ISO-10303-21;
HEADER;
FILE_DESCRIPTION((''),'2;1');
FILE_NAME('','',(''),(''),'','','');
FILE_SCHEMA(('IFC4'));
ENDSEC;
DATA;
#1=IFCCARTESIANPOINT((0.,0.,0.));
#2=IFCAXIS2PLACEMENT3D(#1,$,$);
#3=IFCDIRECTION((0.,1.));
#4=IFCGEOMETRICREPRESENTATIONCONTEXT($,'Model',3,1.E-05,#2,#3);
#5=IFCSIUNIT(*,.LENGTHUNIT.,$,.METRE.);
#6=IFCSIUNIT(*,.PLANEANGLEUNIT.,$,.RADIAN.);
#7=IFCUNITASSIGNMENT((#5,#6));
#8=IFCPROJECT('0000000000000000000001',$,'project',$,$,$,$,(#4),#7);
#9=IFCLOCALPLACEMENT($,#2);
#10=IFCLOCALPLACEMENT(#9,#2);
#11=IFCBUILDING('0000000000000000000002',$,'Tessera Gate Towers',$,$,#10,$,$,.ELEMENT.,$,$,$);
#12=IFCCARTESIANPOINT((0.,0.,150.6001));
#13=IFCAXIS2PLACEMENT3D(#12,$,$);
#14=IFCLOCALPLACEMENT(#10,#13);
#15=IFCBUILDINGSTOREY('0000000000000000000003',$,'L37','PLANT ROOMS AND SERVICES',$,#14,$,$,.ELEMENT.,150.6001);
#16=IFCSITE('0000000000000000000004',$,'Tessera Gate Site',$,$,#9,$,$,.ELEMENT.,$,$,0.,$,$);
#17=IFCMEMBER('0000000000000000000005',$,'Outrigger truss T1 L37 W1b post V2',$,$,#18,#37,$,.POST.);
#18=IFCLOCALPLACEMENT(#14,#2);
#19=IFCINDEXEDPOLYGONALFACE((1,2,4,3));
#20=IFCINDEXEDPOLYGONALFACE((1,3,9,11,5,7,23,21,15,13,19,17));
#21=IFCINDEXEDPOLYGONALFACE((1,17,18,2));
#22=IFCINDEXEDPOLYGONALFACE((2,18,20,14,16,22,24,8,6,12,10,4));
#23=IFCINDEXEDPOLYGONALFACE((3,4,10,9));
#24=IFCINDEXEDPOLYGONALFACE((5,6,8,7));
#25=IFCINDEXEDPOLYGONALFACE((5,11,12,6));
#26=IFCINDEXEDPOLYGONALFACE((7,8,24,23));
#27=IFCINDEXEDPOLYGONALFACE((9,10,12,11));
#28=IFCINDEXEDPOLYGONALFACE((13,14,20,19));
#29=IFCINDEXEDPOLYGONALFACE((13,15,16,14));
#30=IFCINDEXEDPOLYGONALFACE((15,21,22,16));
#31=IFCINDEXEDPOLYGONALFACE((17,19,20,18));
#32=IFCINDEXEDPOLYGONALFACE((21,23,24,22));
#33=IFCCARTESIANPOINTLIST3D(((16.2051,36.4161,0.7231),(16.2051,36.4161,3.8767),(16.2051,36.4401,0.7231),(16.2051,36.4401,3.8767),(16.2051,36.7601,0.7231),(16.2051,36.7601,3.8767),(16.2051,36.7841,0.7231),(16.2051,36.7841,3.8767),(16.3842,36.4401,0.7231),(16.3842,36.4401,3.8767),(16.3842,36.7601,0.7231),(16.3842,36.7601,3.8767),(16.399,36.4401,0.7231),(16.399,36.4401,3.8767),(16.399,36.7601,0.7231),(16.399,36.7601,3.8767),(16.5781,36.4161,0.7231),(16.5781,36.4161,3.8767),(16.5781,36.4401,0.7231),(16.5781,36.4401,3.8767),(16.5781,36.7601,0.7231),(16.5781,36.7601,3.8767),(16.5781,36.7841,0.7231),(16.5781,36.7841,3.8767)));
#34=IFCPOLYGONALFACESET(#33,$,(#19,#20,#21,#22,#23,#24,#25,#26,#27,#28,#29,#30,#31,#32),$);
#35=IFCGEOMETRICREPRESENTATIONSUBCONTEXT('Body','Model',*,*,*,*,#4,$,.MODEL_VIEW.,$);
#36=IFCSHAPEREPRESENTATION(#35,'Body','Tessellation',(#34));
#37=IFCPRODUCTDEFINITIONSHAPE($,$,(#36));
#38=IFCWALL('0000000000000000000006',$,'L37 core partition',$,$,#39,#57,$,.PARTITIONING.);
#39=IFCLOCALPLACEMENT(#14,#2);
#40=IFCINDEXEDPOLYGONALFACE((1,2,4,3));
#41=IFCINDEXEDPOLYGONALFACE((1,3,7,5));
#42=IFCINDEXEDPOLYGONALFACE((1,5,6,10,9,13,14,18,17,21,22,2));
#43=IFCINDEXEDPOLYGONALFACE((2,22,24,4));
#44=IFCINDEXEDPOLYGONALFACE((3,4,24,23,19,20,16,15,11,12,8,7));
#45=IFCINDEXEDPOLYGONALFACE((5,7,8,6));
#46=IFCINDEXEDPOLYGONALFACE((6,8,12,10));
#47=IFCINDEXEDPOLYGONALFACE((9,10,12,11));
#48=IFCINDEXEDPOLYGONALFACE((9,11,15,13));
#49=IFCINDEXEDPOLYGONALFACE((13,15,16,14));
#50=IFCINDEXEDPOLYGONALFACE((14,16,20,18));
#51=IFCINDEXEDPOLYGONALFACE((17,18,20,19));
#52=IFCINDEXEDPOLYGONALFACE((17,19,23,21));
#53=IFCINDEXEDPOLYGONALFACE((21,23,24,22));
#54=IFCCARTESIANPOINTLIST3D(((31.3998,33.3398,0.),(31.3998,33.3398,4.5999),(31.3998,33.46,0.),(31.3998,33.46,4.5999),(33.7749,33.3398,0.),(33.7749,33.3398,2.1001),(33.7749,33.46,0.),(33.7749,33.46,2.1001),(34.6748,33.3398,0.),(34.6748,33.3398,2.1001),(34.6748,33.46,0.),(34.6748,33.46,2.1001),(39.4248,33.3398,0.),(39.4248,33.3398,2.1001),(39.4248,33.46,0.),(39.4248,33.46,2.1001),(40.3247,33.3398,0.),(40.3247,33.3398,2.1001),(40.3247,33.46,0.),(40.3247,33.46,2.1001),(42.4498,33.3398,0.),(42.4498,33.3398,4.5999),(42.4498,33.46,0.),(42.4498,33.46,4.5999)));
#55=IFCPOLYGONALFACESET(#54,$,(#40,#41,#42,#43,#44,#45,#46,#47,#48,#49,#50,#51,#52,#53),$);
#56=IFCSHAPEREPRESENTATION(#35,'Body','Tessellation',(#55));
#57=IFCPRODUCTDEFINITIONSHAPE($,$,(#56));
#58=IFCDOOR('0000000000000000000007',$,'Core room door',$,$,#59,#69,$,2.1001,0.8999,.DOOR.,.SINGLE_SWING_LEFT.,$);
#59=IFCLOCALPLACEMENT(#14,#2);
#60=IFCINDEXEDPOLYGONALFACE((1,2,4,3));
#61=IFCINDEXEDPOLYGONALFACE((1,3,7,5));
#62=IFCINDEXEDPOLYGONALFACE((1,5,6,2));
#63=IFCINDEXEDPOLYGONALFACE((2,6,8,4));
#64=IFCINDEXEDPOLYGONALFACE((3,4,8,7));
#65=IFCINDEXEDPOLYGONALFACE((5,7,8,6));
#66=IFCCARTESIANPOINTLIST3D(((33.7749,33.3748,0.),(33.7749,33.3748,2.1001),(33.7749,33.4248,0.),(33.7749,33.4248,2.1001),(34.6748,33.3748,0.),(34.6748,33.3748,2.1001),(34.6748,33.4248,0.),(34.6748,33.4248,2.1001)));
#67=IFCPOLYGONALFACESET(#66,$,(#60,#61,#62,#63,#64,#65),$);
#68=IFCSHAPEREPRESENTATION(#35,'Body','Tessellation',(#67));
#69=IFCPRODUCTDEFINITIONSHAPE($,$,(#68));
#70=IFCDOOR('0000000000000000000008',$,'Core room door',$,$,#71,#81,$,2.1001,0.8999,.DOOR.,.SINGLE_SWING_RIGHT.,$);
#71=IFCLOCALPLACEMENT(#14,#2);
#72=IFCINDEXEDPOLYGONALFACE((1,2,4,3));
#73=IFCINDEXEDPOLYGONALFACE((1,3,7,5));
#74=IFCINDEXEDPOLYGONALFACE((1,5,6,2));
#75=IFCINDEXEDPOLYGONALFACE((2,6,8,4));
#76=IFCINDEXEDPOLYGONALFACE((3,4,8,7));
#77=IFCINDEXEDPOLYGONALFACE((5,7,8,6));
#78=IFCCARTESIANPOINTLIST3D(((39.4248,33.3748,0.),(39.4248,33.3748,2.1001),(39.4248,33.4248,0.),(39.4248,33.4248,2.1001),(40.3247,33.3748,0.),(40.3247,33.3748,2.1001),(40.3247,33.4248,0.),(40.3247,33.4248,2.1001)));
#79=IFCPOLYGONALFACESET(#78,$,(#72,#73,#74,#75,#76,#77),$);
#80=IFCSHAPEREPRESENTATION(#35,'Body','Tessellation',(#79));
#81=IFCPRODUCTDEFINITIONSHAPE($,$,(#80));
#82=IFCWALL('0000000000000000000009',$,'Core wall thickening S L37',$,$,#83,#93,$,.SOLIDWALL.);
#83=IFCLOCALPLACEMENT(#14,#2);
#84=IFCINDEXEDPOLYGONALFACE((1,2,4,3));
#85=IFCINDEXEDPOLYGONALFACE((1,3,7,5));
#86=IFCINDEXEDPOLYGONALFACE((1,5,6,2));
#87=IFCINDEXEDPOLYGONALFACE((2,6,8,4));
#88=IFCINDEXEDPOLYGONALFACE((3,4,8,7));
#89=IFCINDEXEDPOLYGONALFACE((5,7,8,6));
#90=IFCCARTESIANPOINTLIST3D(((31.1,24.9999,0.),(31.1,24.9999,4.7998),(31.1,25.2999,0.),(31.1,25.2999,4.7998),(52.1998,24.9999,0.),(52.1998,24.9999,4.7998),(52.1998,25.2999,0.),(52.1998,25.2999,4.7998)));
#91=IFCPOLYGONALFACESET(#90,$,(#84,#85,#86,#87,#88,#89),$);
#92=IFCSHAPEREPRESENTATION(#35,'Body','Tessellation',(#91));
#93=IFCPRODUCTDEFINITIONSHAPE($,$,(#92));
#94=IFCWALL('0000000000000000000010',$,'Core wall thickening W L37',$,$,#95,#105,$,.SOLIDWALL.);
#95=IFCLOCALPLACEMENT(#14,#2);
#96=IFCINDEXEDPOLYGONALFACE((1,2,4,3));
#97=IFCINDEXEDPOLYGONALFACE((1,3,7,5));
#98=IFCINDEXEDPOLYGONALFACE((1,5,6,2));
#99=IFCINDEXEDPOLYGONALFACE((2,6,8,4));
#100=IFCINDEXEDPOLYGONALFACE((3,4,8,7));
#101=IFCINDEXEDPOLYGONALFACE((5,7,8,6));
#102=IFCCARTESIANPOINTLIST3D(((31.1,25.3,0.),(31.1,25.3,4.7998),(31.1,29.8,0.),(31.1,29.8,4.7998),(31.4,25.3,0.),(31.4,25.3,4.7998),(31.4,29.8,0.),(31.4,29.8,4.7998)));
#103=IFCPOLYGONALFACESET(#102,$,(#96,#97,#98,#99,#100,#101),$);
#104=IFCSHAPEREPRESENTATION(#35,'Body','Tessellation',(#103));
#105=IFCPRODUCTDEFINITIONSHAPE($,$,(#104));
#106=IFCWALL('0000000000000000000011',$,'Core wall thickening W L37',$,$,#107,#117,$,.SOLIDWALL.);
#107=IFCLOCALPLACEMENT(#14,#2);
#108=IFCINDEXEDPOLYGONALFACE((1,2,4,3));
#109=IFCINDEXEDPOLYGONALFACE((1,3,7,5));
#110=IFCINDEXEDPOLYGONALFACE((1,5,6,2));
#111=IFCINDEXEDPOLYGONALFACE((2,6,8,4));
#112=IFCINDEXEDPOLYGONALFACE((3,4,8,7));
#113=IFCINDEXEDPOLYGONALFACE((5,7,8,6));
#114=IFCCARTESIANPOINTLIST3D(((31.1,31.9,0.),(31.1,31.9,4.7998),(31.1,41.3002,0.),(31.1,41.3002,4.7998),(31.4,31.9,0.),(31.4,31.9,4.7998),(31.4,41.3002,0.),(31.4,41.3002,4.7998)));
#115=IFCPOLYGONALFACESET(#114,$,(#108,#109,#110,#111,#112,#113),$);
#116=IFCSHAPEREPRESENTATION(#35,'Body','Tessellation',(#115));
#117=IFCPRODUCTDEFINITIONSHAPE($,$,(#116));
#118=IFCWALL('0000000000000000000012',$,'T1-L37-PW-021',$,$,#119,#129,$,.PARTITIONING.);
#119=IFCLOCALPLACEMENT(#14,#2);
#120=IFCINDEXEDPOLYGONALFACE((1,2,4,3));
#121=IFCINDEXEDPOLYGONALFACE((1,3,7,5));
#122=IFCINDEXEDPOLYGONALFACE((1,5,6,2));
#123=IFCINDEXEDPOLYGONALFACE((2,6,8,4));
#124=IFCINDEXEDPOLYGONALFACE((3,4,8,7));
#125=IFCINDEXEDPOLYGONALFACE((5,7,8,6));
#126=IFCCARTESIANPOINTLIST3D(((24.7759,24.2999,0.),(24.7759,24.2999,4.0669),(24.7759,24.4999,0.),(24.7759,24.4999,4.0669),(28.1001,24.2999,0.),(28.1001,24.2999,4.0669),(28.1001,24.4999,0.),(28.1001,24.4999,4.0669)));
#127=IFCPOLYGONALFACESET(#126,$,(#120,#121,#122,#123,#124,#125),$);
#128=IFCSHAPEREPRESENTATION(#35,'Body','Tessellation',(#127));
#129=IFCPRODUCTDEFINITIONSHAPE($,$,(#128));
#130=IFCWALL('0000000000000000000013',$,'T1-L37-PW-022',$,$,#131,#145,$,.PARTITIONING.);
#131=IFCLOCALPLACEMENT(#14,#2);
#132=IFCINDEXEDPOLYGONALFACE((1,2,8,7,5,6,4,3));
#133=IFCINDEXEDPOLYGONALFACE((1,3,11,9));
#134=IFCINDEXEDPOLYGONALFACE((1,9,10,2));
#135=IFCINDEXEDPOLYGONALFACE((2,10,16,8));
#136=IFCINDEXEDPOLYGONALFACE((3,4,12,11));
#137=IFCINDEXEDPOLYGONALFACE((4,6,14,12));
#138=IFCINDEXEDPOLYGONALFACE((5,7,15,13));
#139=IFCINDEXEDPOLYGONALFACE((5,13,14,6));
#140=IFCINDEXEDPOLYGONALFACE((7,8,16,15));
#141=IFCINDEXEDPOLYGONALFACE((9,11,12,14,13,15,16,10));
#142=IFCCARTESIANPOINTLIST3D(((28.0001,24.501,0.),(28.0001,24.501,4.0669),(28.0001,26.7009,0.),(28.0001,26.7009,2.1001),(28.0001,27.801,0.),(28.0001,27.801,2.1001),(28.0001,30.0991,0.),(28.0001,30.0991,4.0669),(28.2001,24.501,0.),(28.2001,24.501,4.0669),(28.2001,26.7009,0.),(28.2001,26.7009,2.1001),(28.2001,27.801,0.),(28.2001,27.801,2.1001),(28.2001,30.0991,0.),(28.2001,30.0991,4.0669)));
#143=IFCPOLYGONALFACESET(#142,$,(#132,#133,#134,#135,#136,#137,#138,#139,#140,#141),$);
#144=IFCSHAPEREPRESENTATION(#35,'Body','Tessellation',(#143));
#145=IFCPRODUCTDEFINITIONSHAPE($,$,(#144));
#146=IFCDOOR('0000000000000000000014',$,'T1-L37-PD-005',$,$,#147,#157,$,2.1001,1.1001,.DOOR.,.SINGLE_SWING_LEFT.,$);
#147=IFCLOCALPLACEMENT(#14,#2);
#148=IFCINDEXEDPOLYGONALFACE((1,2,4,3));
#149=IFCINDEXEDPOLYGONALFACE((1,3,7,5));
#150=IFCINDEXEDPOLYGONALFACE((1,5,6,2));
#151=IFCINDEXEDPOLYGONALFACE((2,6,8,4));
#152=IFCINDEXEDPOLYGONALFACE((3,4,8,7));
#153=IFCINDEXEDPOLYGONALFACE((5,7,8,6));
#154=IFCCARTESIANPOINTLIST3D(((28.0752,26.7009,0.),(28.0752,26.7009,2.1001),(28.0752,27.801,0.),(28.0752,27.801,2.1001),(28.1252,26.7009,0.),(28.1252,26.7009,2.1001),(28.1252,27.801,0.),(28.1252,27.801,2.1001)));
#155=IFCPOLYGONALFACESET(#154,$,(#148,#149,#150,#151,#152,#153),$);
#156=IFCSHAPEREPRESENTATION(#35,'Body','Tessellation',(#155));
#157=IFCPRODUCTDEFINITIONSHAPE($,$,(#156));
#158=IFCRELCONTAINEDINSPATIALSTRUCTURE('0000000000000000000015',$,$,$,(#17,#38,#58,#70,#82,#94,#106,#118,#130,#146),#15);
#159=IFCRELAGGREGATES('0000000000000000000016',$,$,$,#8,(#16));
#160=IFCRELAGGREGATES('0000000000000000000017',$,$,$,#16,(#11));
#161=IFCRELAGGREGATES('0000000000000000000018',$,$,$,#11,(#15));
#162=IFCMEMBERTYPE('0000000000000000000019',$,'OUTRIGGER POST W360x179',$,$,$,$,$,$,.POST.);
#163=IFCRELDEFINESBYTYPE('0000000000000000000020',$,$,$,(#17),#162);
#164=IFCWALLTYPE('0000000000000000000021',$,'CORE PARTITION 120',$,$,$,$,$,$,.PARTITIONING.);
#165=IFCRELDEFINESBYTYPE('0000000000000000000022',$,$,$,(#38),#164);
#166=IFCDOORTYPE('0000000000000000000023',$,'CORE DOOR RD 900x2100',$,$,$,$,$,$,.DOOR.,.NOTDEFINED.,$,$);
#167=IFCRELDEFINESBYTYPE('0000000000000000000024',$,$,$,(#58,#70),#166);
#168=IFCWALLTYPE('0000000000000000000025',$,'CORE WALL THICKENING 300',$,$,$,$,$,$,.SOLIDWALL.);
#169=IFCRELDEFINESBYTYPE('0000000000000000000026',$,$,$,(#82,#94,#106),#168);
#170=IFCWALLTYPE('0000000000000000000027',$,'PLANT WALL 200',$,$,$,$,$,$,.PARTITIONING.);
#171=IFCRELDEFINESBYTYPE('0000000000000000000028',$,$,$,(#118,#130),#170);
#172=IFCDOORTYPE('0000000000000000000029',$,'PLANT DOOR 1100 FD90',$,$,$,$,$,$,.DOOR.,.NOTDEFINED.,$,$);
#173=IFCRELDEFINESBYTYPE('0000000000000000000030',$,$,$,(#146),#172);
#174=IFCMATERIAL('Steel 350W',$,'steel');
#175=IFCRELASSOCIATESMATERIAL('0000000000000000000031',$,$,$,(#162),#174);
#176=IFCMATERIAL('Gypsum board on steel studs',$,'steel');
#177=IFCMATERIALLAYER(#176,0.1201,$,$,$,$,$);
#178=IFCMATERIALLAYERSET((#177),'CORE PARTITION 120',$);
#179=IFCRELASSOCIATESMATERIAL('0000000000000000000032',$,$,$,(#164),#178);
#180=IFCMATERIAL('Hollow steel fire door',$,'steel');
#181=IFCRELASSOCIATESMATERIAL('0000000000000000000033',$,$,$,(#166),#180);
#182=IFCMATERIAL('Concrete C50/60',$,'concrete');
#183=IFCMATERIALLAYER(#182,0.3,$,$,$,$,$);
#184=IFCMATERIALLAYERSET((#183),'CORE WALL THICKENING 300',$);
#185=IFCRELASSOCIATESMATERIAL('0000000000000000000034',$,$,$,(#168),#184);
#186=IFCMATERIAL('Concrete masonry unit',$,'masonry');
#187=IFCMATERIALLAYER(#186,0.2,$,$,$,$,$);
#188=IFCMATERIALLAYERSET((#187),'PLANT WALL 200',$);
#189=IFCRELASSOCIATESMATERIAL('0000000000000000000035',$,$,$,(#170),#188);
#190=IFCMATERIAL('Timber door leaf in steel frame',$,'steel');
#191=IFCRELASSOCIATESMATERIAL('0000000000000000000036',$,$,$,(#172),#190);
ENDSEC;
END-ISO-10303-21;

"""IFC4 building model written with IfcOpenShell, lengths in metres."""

from ifc_helpers import new_model, si_unit, direction, frame, frame_2d, origin, origin_2d, place, context, subcontext, project, spatial, rectangle, i_section, extrude, source, transform, mapped, material, layer, layer_set, material_profile, profile_set, type_object, element, fill, save


model = new_model("IFC4")

# Units and contexts
model_context = context("Model", 3, precision=1e-05, world=origin(), true_north=direction((0.0, 1.0)))
body_context = subcontext(model_context, "Body", "Model", "MODEL_VIEW")
ifc_project = project(units=[si_unit("LENGTHUNIT", "METRE"), si_unit("PLANEANGLEUNIT", "RADIAN")], contexts=[model_context])

# Site, building, storey
site_placement = place(None, origin())
site = spatial("IfcSite", under=ifc_project, at=site_placement, Name="Tessera Gate Site", CompositionType="ELEMENT", RefElevation=0.0)
building_placement = place(site_placement, origin())
building = spatial("IfcBuilding", under=site, at=building_placement, Name="Tessera Gate Towers", CompositionType="ELEMENT")
storey_placement = place(building_placement, frame((0.0, 0.0, 150.6001)))
storey = spatial("IfcBuildingStorey", under=building, at=storey_placement, Name="L37", Description="PLANT ROOMS AND SERVICES", CompositionType="ELEMENT", Elevation=150.6001)

# Member
ifc_material_1 = material(Name="Steel 350W", Category="steel")
ifc_material_profile_1 = material_profile(ifc_material_1, i_section(OverallWidth=0.373, OverallDepth=0.3679, WebThickness=0.0149, FlangeThickness=0.0239, at=origin_2d()), Name="W360x179")
ifc_profile_set_1 = profile_set([ifc_material_profile_1], Name="Steel 350W")
member_type_1 = type_object("IfcMemberType", Name="OUTRIGGER POST W360x179", PredefinedType="POST", material=ifc_profile_set_1)
member_1_placement = place(storey_placement, frame((16.3916, 36.6001, 0.7231), z_axis=(0.0, 0.0, 1.0), x_axis=(1.0, 0.0, 0.0)))
element("IfcMember", 1, at=member_1_placement, inside=storey, type_object=member_type_1, Name="Outrigger truss T1 L37 W1b post V2", PredefinedType="POST", context=body_context, shape_type="SweptSolid", body=[
    extrude(i_section(OverallWidth=0.373, OverallDepth=0.3679, WebThickness=0.0149, FlangeThickness=0.0239, at=origin_2d()), origin(), (0.0, 0.0, 1.0), 3.1536),
])

# Wall, openings, doors
ifc_material_2 = material(Name="Gypsum board on steel studs", Category="steel")
ifc_layer_1 = layer(ifc_material_2, 0.1201)
ifc_layer_set_1 = layer_set([ifc_layer_1], Name="CORE PARTITION 120")
wall_type_1 = type_object("IfcWallType", Name="CORE PARTITION 120", PredefinedType="PARTITIONING", material=ifc_layer_set_1)
wall_1_placement = place(storey_placement, frame((31.3999, 33.3999, 0.0), z_axis=(0.0, 0.0, 1.0), x_axis=(1.0, 0.0, 0.0)))
wall_1 = element("IfcWall", 2, at=wall_1_placement, inside=storey, type_object=wall_type_1, Name="L37 core partition", PredefinedType="PARTITIONING", context=body_context, shape_type="SweptSolid", body=[
    extrude(rectangle(XDim=11.05, YDim=0.1201, at=frame_2d((5.5249, 0.0))), origin(), (0.0, 0.0, 1.0), 4.5999),
])
shared_shape_1 = source(origin(), body_context, "Body", "SweptSolid", [
    extrude(rectangle(XDim=0.8999, YDim=2.1001, at=frame_2d((0.45, 1.05))), frame((0.0, 0.0701, 0.0), z_axis=(0.0, -1.0, 0.0), x_axis=(1.0, 0.0, 0.0)), (0.0, 0.0, 1.0), 0.1401),
])
opening_1_placement = place(wall_1_placement, frame((2.375, 0.0, 0.0)))
opening_1 = element("IfcOpeningElement", 3, at=opening_1_placement, cuts=wall_1, PredefinedType="OPENING", context=body_context, shape_type="MappedRepresentation", body=[
    mapped(shared_shape_1, transform((0.0, 0.0, 0.0), scale=1.0)),
])
opening_2_placement = place(wall_1_placement, frame((8.0249, 0.0, 0.0)))
opening_2 = element("IfcOpeningElement", 4, at=opening_2_placement, cuts=wall_1, PredefinedType="OPENING", context=body_context, shape_type="MappedRepresentation", body=[
    mapped(shared_shape_1, transform((0.0, 0.0, 0.0), scale=1.0)),
])
ifc_material_3 = material(Name="Hollow steel fire door", Category="steel")
door_type_1 = type_object("IfcDoorType", Name="CORE DOOR RD 900x2100", OperationType="NOTDEFINED", PredefinedType="DOOR", material=ifc_material_3)
shared_shape_2 = source(origin(), body_context, "Body", "SweptSolid", [
    extrude(rectangle(XDim=0.8999, YDim=2.1001, at=frame_2d((0.45, 1.05))), frame((0.0, 0.0249, 0.0), z_axis=(0.0, -1.0, 0.0), x_axis=(1.0, 0.0, 0.0)), (0.0, 0.0, 1.0), 0.05),
])
door_1_placement = place(opening_1_placement, origin())
door_1 = element("IfcDoor", 5, at=door_1_placement, inside=storey, type_object=door_type_1, Name="Core room door", OperationType="SINGLE_SWING_LEFT", OverallHeight=2.1001, OverallWidth=0.8999, PredefinedType="DOOR", context=body_context, shape_type="MappedRepresentation", body=[
    mapped(shared_shape_2, transform((0.0, 0.0, 0.0), scale=1.0)),
])
fill(opening_1, door_1)
door_2_placement = place(opening_2_placement, origin())
door_2 = element("IfcDoor", 6, at=door_2_placement, inside=storey, type_object=door_type_1, Name="Core room door", OperationType="SINGLE_SWING_RIGHT", OverallHeight=2.1001, OverallWidth=0.8999, PredefinedType="DOOR", context=body_context, shape_type="MappedRepresentation", body=[
    mapped(shared_shape_2, transform((0.0, 0.0, 0.0), scale=1.0)),
])
fill(opening_2, door_2)

# Walls
ifc_material_4 = material(Name="Concrete C50/60", Category="concrete")
ifc_layer_2 = layer(ifc_material_4, 0.3)
ifc_layer_set_2 = layer_set([ifc_layer_2], Name="CORE WALL THICKENING 300")
wall_type_2 = type_object("IfcWallType", Name="CORE WALL THICKENING 300", PredefinedType="SOLIDWALL", material=ifc_layer_set_2)
wall_2_placement = place(storey_placement, frame((31.1001, 25.1499, 0.0), z_axis=(0.0, 0.0, 1.0), x_axis=(1.0, 0.0, 0.0)))
element("IfcWall", 7, at=wall_2_placement, inside=storey, type_object=wall_type_2, Name="Core wall thickening S L37", PredefinedType="SOLIDWALL", context=body_context, shape_type="SweptSolid", body=[
    extrude(rectangle(XDim=21.0999, YDim=0.3, at=frame_2d((10.5498, 0.0))), origin(), (0.0, 0.0, 1.0), 4.7998),
])
wall_3_placement = place(storey_placement, frame((31.25, 25.3, 0.0), z_axis=(0.0, 0.0, 1.0), x_axis=(0.0, 1.0, 0.0)))
element("IfcWall", 8, at=wall_3_placement, inside=storey, type_object=wall_type_2, Name="Core wall thickening W L37", PredefinedType="SOLIDWALL", context=body_context, shape_type="SweptSolid", body=[
    extrude(rectangle(XDim=4.5, YDim=0.3, at=frame_2d((2.25, 0.0))), origin(), (0.0, 0.0, 1.0), 4.7998),
])
wall_4_placement = place(storey_placement, frame((31.25, 31.8999, 0.0), z_axis=(0.0, 0.0, 1.0), x_axis=(0.0, 1.0, 0.0)))
element("IfcWall", 9, at=wall_4_placement, inside=storey, type_object=wall_type_2, Name="Core wall thickening W L37", PredefinedType="SOLIDWALL", context=body_context, shape_type="SweptSolid", body=[
    extrude(rectangle(XDim=9.4001, YDim=0.3, at=frame_2d((4.7002, 0.0))), origin(), (0.0, 0.0, 1.0), 4.7998),
])
ifc_material_5 = material(Name="Concrete masonry unit", Category="masonry")
ifc_layer_3 = layer(ifc_material_5, 0.2)
ifc_layer_set_3 = layer_set([ifc_layer_3], Name="PLANT WALL 200")
wall_type_3 = type_object("IfcWallType", Name="PLANT WALL 200", PredefinedType="PARTITIONING", material=ifc_layer_set_3)
wall_5_placement = place(storey_placement, frame((24.7759, 24.3999, 0.0), z_axis=(0.0, 0.0, 1.0), x_axis=(1.0, 0.0, 0.0)))
element("IfcWall", 10, at=wall_5_placement, inside=storey, type_object=wall_type_3, Name="T1-L37-PW-021", PredefinedType="PARTITIONING", context=body_context, shape_type="SweptSolid", body=[
    extrude(rectangle(XDim=3.3242, YDim=0.2, at=frame_2d((1.6621, 0.0))), origin(), (0.0, 0.0, 1.0), 4.0669),
])

# Wall, opening, door
wall_6_placement = place(storey_placement, frame((28.1001, 24.501, 0.0), z_axis=(0.0, 0.0, 1.0), x_axis=(0.0, 1.0, 0.0)))
wall_6 = element("IfcWall", 11, at=wall_6_placement, inside=storey, type_object=wall_type_3, Name="T1-L37-PW-022", PredefinedType="PARTITIONING", context=body_context, shape_type="SweptSolid", body=[
    extrude(rectangle(XDim=5.5981, YDim=0.2, at=frame_2d((2.7991, 0.0))), origin(), (0.0, 0.0, 1.0), 4.0669),
])
shared_shape_3 = source(origin(), body_context, "Body", "SweptSolid", [
    extrude(rectangle(XDim=1.1001, YDim=2.1001, at=frame_2d((0.55, 1.05))), frame((0.0, 0.1099, 0.0), z_axis=(0.0, -1.0, 0.0), x_axis=(1.0, 0.0, 0.0)), (0.0, 0.0, 1.0), 0.22),
])
opening_3_placement = place(wall_6_placement, frame((2.2, 0.0, 0.0)))
opening_3 = element("IfcOpeningElement", 12, at=opening_3_placement, cuts=wall_6, PredefinedType="OPENING", context=body_context, shape_type="MappedRepresentation", body=[
    mapped(shared_shape_3, transform((0.0, 0.0, 0.0), scale=1.0)),
])
ifc_material_6 = material(Name="Timber door leaf in steel frame", Category="steel")
door_type_2 = type_object("IfcDoorType", Name="PLANT DOOR 1100 FD90", OperationType="NOTDEFINED", PredefinedType="DOOR", material=ifc_material_6)
shared_shape_4 = source(origin(), body_context, "Body", "SweptSolid", [
    extrude(rectangle(XDim=1.1001, YDim=2.1001, at=frame_2d((0.55, 1.05))), frame((0.0, 0.0249, 0.0), z_axis=(0.0, -1.0, 0.0), x_axis=(1.0, 0.0, 0.0)), (0.0, 0.0, 1.0), 0.05),
])
door_3_placement = place(opening_3_placement, origin())
door_3 = element("IfcDoor", 13, at=door_3_placement, inside=storey, type_object=door_type_2, Name="T1-L37-PD-005", OperationType="SINGLE_SWING_LEFT", OverallHeight=2.1001, OverallWidth=1.1001, PredefinedType="DOOR", context=body_context, shape_type="MappedRepresentation", body=[
    mapped(shared_shape_4, transform((0.0, 0.0, 0.0), scale=1.0)),
])
fill(opening_3, door_3)

save(model, "model.ifc")
